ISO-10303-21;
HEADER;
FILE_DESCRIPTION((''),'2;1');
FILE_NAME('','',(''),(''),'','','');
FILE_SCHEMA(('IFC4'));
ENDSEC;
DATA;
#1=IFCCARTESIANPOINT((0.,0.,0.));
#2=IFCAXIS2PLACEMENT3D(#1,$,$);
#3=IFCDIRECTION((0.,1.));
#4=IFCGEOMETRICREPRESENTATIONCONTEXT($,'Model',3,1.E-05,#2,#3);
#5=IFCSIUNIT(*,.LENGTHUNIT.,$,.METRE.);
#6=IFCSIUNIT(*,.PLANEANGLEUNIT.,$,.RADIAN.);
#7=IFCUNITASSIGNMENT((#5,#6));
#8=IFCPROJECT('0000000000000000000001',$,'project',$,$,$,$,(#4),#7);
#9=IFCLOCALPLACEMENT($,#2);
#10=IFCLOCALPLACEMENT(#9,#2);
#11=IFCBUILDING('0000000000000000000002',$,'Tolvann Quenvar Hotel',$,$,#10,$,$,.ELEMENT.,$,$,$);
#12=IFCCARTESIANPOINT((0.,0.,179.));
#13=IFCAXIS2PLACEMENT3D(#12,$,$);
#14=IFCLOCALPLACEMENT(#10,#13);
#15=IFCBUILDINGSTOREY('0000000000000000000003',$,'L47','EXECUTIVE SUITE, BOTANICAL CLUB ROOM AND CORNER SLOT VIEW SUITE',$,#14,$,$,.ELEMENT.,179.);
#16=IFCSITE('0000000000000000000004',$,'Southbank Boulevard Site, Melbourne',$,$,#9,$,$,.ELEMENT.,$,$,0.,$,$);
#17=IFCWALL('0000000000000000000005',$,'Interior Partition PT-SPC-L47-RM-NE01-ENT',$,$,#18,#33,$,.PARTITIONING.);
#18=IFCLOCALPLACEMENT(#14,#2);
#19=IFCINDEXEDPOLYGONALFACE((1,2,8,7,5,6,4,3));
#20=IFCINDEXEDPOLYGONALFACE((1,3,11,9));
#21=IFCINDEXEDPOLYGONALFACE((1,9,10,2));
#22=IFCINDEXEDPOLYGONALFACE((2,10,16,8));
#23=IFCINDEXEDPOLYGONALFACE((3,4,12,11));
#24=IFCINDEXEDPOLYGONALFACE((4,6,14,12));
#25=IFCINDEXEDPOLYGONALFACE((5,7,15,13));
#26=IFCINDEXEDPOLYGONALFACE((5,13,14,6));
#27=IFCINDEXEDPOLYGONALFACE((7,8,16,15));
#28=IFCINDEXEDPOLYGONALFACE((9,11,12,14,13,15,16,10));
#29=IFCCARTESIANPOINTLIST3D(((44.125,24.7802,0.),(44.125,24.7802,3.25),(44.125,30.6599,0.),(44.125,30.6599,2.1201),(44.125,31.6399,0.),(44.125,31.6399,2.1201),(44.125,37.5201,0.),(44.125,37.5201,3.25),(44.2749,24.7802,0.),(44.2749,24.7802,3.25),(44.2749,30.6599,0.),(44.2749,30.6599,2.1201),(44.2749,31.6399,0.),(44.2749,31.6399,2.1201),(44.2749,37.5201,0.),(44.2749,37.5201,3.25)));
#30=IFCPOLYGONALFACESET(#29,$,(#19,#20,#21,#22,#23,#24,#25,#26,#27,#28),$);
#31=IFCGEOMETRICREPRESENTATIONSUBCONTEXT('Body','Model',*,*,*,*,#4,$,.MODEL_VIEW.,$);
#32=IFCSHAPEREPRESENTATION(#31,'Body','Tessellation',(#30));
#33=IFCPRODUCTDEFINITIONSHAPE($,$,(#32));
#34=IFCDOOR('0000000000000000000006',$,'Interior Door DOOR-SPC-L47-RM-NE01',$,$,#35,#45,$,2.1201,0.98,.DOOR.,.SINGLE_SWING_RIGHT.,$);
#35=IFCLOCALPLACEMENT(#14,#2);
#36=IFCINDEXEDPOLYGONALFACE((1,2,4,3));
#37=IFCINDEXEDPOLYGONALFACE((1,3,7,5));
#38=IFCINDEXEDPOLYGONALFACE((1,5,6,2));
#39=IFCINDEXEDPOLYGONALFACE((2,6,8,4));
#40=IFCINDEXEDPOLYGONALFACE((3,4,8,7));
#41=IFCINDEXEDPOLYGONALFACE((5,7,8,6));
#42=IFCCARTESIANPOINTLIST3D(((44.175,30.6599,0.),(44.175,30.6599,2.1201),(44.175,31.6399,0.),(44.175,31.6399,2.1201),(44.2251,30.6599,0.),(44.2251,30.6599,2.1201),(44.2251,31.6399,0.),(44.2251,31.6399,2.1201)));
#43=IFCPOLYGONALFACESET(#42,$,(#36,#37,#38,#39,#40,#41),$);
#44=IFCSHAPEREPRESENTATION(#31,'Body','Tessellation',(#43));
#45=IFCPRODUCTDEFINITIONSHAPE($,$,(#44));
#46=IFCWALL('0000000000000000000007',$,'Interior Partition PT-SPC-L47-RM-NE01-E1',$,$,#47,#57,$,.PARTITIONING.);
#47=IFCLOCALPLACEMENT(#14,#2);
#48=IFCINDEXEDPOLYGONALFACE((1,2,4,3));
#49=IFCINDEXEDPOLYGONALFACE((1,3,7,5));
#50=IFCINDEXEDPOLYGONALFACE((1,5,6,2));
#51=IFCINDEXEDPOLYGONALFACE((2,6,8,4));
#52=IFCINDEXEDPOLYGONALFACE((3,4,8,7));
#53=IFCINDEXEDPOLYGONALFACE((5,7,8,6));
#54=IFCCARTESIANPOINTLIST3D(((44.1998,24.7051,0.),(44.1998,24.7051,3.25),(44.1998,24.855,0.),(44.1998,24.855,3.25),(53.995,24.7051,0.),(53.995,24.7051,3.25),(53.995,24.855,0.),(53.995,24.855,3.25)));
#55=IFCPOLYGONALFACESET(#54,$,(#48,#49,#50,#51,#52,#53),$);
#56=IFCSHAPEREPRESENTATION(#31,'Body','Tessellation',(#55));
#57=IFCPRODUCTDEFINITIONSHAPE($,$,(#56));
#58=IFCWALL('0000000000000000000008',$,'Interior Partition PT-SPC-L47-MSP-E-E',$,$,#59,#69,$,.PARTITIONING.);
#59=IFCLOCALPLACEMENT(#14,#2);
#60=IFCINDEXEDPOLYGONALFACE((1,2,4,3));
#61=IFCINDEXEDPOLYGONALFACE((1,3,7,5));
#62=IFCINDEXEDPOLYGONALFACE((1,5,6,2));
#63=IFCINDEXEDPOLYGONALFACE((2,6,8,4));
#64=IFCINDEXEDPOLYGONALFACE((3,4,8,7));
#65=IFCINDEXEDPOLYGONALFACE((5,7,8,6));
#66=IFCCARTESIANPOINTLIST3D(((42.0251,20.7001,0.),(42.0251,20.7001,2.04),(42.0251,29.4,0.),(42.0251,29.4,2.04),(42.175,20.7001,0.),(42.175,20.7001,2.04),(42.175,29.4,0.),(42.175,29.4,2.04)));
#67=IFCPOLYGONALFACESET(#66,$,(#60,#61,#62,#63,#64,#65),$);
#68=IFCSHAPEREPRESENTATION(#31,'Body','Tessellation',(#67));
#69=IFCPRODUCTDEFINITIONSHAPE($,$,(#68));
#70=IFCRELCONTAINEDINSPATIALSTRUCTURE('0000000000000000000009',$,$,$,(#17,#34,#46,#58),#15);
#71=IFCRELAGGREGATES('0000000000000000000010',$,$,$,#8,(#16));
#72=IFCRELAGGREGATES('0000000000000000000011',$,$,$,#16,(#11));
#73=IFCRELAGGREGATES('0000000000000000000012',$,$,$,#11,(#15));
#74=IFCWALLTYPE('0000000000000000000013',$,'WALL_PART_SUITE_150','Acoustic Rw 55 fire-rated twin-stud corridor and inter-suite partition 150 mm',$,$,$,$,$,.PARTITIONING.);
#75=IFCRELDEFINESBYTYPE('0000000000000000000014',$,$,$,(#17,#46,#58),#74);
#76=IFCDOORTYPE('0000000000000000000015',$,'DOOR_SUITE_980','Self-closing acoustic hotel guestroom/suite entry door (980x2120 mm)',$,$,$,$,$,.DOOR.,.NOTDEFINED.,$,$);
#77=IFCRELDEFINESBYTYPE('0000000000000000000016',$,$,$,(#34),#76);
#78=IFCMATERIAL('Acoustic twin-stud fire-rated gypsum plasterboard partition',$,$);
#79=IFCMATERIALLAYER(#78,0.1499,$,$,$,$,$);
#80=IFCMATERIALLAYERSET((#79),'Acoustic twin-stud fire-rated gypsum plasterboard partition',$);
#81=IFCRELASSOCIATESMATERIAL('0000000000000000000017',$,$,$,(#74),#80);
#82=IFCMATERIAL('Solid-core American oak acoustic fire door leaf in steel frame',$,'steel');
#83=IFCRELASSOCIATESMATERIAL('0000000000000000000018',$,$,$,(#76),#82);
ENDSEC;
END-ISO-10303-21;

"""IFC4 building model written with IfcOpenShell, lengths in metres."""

from ifc_helpers import new_model, si_unit, direction, frame, frame_2d, origin, place, context, subcontext, project, spatial, rectangle, extrude, source, transform, mapped, material, layer, layer_set, type_object, type_shapes, element, fill, save


model = new_model("IFC4")

# Units and contexts
model_context = context("Model", 3, precision=1e-05, world=origin(), true_north=direction((0.0, 1.0)))
body_context = subcontext(model_context, "Body", "Model", "MODEL_VIEW")
ifc_project = project(units=[si_unit("LENGTHUNIT", "METRE"), si_unit("PLANEANGLEUNIT", "RADIAN")], contexts=[model_context])

# Site, building, storey
site_placement = place(None, origin())
site = spatial("IfcSite", under=ifc_project, at=site_placement, Name="Southbank Boulevard Site, Melbourne", CompositionType="ELEMENT", RefElevation=0.0)
building_placement = place(site_placement, origin())
building = spatial("IfcBuilding", under=site, at=building_placement, Name="Tolvann Quenvar Hotel", CompositionType="ELEMENT")
storey_placement = place(building_placement, frame((0.0, 0.0, 179.0)))
storey = spatial("IfcBuildingStorey", under=building, at=storey_placement, Name="L47", Description="EXECUTIVE SUITE, BOTANICAL CLUB ROOM AND CORNER SLOT VIEW SUITE", CompositionType="ELEMENT", Elevation=179.0)

# Shared definitions
ifc_material_1 = material(Name="Acoustic twin-stud fire-rated gypsum plasterboard partition")
ifc_layer = layer(ifc_material_1, 0.1499)
ifc_layer_set = layer_set([ifc_layer], Name="Acoustic twin-stud fire-rated gypsum plasterboard partition")
wall_type = type_object("IfcWallType", Name="WALL_PART_SUITE_150", Description="Acoustic Rw 55 fire-rated twin-stud corridor and inter-suite partition 150 mm", PredefinedType="PARTITIONING", material=ifc_layer_set)

# Shared definitions
ifc_material_2 = material(Name="Solid-core American oak acoustic fire door leaf in steel frame", Category="steel")

# Wall, opening, door
wall_1_placement = place(storey_placement, frame((44.2, 24.78, 0.0), z_axis=(0.0, 0.0, 1.0), x_axis=(0.0, 1.0, 0.0)))
wall_1 = element("IfcWall", 1, at=wall_1_placement, inside=storey, type_object=wall_type, Name="Interior Partition PT-SPC-L47-RM-NE01-ENT", PredefinedType="PARTITIONING", context=body_context, shape_type="SweptSolid", body=[
    extrude(rectangle(XDim=12.74, YDim=0.1499, at=frame_2d((6.3701, 0.0))), origin(), (0.0, 0.0, 1.0), 3.25),
])
opening_1_placement = place(wall_1_placement, frame((5.8799, 0.0, 0.0)))
opening_1 = element("IfcOpeningElement", 2, at=opening_1_placement, cuts=wall_1, PredefinedType="OPENING", context=body_context, shape_type="SweptSolid", body=[
    extrude(rectangle(XDim=0.98, YDim=2.1201, at=frame_2d((0.49, 1.0601))), frame((0.0, 0.085, 0.0), z_axis=(0.0, -1.0, 0.0), x_axis=(1.0, 0.0, 0.0)), (0.0, 0.0, 1.0), 0.1699),
])
door_type_1 = type_object("IfcDoorType", Name="DOOR_SUITE_980", Description="Self-closing acoustic hotel guestroom/suite entry door (980x2120 mm)", OperationType="NOTDEFINED", PredefinedType="DOOR", material=ifc_material_2)
shared_shape_1 = source(origin(), body_context, "Body", "SweptSolid", [
    extrude(rectangle(XDim=0.98, YDim=2.1201, at=frame_2d((0.49, 1.0601))), frame((0.0, 0.0249, 0.0), z_axis=(0.0, -1.0, 0.0), x_axis=(1.0, 0.0, 0.0)), (0.0, 0.0, 1.0), 0.05),
])
type_shapes(door_type_1, [shared_shape_1])
door_1_placement = place(opening_1_placement, origin())
door_1 = element("IfcDoor", 3, at=door_1_placement, inside=storey, type_object=door_type_1, Name="Interior Door DOOR-SPC-L47-RM-NE01", OperationType="SINGLE_SWING_RIGHT", OverallHeight=2.1201, OverallWidth=0.98, PredefinedType="DOOR", context=body_context, shape_type="MappedRepresentation", body=[
    mapped(shared_shape_1, transform((0.0, 0.0, 0.0), x_axis=(1.0, 0.0, 0.0), y_axis=(0.0, 1.0, 0.0), z_axis=(0.0, 0.0, 1.0), scale=1.0)),
])
fill(opening_1, door_1)

# Walls
wall_2_placement = place(storey_placement, frame((44.2, 24.78, 0.0), z_axis=(0.0, 0.0, 1.0), x_axis=(1.0, 0.0, 0.0)))
element("IfcWall", 4, at=wall_2_placement, inside=storey, type_object=wall_type, Name="Interior Partition PT-SPC-L47-RM-NE01-E1", PredefinedType="PARTITIONING", context=body_context, shape_type="SweptSolid", body=[
    extrude(rectangle(XDim=9.7952, YDim=0.1499, at=frame_2d((4.8975, 0.0))), origin(), (0.0, 0.0, 1.0), 3.25),
])
wall_3_placement = place(storey_placement, frame((42.1001, 20.7, 0.0), z_axis=(0.0, 0.0, 1.0), x_axis=(0.0, 1.0, 0.0)))
element("IfcWall", 5, at=wall_3_placement, inside=storey, type_object=wall_type, Name="Interior Partition PT-SPC-L47-MSP-E-E", PredefinedType="PARTITIONING", context=body_context, shape_type="SweptSolid", body=[
    extrude(rectangle(XDim=8.7, YDim=0.1499, at=frame_2d((4.3501, 0.0))), origin(), (0.0, 0.0, 1.0), 2.04),
])

save(model, "model.ifc")
